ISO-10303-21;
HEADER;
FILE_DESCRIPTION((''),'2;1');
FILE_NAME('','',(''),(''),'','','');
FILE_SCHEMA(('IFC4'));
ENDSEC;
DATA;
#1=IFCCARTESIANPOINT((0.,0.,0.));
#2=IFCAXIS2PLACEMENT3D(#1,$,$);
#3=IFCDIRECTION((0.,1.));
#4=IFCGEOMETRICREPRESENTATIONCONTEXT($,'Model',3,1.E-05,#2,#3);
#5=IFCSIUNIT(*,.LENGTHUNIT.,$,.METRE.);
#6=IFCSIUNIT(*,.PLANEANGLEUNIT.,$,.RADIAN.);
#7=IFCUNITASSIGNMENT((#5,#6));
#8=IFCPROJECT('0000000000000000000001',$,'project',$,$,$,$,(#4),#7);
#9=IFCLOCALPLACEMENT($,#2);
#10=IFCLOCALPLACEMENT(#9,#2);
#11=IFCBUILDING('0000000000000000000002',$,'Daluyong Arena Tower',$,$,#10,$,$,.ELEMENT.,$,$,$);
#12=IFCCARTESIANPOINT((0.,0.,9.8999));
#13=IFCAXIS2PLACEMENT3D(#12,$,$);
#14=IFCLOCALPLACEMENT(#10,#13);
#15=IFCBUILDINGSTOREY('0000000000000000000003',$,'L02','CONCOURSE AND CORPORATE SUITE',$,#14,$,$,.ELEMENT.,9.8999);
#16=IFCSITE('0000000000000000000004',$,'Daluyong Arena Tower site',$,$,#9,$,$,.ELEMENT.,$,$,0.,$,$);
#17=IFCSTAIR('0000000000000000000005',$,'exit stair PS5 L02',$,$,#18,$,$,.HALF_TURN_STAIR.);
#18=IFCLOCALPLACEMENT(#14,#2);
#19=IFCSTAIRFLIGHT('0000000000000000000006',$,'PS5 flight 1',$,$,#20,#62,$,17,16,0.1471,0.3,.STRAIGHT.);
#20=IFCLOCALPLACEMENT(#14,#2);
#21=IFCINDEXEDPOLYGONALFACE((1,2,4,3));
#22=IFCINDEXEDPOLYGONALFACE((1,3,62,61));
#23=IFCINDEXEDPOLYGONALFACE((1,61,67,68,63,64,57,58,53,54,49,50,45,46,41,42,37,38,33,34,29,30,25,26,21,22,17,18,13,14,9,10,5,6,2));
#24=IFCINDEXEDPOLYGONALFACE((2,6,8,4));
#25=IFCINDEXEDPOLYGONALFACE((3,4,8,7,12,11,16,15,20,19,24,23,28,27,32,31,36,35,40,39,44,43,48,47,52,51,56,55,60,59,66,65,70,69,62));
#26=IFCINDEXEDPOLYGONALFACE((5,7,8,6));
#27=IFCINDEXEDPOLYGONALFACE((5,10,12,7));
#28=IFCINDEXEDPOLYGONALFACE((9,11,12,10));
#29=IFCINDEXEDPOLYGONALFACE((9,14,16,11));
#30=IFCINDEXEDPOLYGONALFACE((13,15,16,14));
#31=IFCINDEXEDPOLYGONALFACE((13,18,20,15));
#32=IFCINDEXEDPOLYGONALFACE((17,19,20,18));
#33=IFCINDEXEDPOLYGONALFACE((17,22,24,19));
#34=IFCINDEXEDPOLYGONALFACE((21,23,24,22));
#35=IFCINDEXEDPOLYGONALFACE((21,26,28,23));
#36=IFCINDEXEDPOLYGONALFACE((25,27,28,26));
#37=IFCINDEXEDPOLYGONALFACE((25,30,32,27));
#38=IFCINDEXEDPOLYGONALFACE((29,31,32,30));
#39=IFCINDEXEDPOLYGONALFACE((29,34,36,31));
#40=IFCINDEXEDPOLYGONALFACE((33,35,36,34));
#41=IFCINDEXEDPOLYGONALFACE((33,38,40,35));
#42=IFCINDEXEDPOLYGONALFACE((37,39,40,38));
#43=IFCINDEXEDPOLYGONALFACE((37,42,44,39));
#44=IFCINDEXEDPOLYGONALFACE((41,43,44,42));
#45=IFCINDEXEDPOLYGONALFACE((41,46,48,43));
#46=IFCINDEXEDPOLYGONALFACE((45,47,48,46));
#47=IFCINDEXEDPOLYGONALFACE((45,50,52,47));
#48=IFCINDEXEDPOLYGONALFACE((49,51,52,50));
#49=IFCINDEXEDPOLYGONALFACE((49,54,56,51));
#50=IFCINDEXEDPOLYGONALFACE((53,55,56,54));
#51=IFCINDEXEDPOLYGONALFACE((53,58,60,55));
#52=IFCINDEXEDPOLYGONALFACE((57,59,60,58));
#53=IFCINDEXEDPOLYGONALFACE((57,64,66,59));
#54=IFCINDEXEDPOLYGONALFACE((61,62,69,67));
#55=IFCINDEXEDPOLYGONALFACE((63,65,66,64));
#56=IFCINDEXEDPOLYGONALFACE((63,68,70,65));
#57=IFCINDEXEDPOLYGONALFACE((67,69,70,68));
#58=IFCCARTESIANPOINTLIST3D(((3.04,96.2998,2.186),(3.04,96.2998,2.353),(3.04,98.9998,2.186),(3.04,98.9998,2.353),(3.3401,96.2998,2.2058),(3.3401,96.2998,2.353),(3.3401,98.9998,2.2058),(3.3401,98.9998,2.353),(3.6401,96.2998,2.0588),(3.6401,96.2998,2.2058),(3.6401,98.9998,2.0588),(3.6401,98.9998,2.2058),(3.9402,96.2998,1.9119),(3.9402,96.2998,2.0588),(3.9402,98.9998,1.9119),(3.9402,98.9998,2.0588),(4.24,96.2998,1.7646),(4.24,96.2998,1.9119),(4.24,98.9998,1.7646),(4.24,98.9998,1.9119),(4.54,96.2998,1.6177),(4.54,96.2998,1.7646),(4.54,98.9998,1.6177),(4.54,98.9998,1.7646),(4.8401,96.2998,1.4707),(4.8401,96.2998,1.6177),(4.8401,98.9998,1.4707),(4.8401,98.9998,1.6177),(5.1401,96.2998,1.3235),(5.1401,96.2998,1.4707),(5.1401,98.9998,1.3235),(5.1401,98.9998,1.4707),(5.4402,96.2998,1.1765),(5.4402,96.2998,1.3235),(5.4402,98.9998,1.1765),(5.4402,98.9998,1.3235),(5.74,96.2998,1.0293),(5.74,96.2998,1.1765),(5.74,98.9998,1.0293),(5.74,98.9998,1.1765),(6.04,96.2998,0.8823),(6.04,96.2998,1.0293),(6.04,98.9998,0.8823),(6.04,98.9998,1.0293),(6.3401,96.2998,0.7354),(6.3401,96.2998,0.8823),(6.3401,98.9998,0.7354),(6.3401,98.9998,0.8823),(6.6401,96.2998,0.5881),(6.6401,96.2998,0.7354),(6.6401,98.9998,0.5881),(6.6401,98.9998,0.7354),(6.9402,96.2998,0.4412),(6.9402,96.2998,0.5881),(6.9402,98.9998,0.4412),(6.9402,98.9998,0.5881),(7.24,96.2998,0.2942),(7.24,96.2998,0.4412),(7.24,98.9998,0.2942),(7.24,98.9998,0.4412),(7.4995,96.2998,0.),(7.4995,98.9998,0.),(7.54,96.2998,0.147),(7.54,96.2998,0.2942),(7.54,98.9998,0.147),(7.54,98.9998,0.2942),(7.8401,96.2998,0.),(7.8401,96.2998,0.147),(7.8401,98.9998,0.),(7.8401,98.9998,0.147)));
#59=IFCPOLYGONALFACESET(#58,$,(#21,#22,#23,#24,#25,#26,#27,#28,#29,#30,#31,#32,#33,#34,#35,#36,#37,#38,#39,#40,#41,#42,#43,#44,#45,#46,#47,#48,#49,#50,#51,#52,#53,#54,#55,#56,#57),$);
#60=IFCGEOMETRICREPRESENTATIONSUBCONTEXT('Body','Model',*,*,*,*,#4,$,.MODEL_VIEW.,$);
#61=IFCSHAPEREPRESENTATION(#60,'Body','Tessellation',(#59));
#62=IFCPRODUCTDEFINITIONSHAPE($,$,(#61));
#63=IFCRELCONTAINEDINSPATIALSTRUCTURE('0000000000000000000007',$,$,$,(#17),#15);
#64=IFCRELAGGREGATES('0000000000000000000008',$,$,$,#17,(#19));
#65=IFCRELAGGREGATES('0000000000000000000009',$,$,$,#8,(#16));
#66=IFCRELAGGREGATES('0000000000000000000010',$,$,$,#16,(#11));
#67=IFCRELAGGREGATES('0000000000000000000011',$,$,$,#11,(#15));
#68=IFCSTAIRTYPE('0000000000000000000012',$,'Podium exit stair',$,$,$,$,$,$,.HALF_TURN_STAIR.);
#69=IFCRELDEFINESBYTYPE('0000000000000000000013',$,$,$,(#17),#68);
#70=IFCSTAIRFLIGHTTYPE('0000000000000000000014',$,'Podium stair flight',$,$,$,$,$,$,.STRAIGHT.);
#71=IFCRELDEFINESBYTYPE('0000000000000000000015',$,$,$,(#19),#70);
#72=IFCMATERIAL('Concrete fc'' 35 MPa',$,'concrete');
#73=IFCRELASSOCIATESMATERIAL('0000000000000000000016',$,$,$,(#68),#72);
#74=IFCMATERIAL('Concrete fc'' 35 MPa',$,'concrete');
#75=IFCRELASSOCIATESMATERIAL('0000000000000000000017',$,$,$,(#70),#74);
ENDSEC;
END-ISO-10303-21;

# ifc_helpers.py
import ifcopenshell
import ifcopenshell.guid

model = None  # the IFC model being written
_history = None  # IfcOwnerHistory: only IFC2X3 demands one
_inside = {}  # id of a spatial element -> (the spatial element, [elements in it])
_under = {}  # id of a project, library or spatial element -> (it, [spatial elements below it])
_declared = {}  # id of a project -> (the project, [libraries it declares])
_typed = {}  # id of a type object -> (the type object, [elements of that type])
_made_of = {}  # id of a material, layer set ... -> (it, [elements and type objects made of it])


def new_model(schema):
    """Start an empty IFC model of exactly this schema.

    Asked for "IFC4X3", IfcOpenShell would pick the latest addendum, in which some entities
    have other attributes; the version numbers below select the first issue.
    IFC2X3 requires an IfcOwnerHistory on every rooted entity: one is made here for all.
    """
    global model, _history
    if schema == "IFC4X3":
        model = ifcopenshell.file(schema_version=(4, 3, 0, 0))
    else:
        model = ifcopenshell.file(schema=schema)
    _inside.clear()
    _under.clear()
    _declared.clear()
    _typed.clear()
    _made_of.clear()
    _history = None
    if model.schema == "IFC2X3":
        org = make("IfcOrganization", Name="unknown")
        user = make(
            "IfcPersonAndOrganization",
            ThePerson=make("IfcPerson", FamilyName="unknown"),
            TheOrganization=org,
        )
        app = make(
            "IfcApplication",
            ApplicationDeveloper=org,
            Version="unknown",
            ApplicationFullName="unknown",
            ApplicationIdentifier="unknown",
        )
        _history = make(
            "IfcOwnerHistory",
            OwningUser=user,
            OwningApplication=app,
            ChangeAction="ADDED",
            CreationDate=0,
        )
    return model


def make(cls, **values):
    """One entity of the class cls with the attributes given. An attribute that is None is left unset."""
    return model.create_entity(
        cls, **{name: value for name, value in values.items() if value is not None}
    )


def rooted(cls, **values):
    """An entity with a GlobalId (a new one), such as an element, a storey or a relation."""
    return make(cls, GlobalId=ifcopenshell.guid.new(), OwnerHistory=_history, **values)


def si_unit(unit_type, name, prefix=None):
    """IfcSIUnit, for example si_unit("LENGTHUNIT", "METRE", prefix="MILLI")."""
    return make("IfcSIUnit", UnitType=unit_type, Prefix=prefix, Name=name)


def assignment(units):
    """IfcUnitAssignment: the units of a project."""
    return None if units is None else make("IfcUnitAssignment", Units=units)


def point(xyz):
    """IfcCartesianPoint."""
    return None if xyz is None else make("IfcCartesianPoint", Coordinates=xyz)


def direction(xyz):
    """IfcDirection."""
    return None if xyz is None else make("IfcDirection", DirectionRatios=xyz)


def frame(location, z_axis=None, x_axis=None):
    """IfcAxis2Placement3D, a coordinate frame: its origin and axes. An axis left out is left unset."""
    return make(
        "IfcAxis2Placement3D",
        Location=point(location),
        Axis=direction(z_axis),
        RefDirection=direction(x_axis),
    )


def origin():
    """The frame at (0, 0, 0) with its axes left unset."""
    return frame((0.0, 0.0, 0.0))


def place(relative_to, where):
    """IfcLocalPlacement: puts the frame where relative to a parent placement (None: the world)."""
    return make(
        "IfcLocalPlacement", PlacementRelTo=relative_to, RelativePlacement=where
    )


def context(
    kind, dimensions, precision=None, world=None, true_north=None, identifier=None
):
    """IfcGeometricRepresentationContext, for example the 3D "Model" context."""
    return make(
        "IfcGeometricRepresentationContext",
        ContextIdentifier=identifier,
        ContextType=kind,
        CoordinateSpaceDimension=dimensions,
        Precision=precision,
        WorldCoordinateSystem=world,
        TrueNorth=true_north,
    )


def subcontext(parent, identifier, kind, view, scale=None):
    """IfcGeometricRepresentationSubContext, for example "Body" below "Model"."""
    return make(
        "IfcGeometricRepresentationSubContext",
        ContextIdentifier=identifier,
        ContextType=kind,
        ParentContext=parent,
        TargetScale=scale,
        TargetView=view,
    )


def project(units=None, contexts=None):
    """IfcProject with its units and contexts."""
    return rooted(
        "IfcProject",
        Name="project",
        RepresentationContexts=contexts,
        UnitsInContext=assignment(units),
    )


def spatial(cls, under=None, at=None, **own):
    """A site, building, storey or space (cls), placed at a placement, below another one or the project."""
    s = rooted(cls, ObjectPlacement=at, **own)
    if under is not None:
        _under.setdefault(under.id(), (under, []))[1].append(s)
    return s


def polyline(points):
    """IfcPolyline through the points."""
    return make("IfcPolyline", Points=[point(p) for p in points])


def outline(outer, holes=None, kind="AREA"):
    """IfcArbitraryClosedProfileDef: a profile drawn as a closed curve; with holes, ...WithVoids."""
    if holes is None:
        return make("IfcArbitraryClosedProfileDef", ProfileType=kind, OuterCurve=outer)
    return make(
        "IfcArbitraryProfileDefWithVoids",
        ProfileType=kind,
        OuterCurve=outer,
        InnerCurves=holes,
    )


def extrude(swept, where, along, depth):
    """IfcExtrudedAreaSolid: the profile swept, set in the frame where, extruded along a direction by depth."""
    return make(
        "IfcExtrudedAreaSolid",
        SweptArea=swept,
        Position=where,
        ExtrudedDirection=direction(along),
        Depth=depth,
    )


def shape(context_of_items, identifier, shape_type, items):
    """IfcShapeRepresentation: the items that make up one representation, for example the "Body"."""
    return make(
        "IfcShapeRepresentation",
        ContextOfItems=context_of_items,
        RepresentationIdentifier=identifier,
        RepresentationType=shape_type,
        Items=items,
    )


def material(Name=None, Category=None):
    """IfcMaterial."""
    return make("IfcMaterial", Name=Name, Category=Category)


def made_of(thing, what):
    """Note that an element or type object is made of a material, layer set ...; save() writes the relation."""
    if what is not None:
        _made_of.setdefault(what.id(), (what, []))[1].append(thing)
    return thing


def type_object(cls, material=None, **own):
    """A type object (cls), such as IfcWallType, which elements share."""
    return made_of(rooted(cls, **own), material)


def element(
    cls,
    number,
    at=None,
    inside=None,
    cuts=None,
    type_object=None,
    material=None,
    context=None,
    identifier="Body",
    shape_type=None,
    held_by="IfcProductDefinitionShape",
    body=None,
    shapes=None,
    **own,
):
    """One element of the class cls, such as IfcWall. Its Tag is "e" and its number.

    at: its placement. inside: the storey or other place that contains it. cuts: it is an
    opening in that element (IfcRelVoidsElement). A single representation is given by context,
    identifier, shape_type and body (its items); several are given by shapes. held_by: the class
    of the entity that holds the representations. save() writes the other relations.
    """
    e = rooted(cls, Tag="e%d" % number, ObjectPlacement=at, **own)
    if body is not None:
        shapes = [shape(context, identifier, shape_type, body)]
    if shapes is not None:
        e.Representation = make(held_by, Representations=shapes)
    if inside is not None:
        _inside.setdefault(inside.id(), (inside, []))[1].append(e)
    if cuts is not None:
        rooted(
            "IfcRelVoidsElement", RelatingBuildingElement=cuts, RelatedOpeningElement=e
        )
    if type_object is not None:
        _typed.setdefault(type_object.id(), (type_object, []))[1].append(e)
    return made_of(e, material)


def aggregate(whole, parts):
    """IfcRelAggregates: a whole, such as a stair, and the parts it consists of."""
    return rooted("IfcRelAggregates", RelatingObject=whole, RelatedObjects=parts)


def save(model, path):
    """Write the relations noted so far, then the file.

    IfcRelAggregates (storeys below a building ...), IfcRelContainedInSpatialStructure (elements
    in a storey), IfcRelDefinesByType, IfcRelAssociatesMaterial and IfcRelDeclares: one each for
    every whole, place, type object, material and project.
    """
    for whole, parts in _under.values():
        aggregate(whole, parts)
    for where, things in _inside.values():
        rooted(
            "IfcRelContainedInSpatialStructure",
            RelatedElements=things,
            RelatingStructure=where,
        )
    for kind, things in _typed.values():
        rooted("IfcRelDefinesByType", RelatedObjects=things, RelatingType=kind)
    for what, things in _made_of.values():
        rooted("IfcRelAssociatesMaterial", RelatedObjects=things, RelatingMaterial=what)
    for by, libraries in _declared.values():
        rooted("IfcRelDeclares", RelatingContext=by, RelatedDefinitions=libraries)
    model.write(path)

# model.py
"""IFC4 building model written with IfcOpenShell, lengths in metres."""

from ifc_helpers import new_model, si_unit, direction, frame, origin, place, context, subcontext, project, spatial, polyline, outline, extrude, material, type_object, element, aggregate, save


model = new_model("IFC4")

# Units and contexts
model_context = context("Model", 3, precision=1e-05, world=origin(), true_north=direction((0.0, 1.0)))
body_context = subcontext(model_context, "Body", "Model", "MODEL_VIEW")
ifc_project = project(units=[si_unit("LENGTHUNIT", "METRE"), si_unit("PLANEANGLEUNIT", "RADIAN")], contexts=[model_context])

# Site, building, storey
site_placement = place(None, origin())
site = spatial("IfcSite", under=ifc_project, at=site_placement, Name="Daluyong Arena Tower site", CompositionType="ELEMENT", RefElevation=0.0)
building_placement = place(site_placement, origin())
building = spatial("IfcBuilding", under=site, at=building_placement, Name="Daluyong Arena Tower", CompositionType="ELEMENT")
storey_placement = place(building_placement, frame((0.0, 0.0, 9.8999)))
storey = spatial("IfcBuildingStorey", under=building, at=storey_placement, Name="L02", Description="CONCOURSE AND CORPORATE SUITE", CompositionType="ELEMENT", Elevation=9.8999)

# Stair, stair flight
ifc_material_1 = material(Name="Concrete fc' 35 MPa", Category="concrete")
stair_type = type_object("IfcStairType", Name="Podium exit stair", PredefinedType="HALF_TURN_STAIR", material=ifc_material_1)
stair_placement = place(storey_placement, origin())
stair = element("IfcStair", 1, at=stair_placement, inside=storey, type_object=stair_type, Name="exit stair PS5 L02", PredefinedType="HALF_TURN_STAIR")
ifc_material_2 = material(Name="Concrete fc' 35 MPa", Category="concrete")
stair_flight_type = type_object("IfcStairFlightType", Name="Podium stair flight", PredefinedType="STRAIGHT", material=ifc_material_2)
stair_flight_placement = place(storey_placement, frame((7.8401, 97.6499, 0.0), z_axis=(0.0, 0.0, 1.0), x_axis=(-1.0, 0.0, 0.0)))
stair_flight = element("IfcStairFlight", 2, at=stair_flight_placement, type_object=stair_flight_type, Name="PS5 flight 1", NumberOfRisers=17, NumberOfTreads=16, PredefinedType="STRAIGHT", RiserHeight=0.1471, TreadLength=0.3, context=body_context, shape_type="SweptSolid", body=[
    extrude(outline(polyline([(0.0, 0.0), (0.0, 0.147), (0.3, 0.147), (0.3, 0.2942), (0.6001, 0.2942), (0.6001, 0.4412), (0.8999, 0.4412), (0.8999, 0.5881), (1.2, 0.5881), (1.2, 0.7354), (1.5, 0.7354), (1.5, 0.8823), (1.8, 0.8823), (1.8, 1.0293), (2.1001, 1.0293), (2.1001, 1.1765), (2.3999, 1.1765), (2.3999, 1.3235), (2.7, 1.3235), (2.7, 1.4707), (3.0, 1.4707), (3.0, 1.6177), (3.3, 1.6177), (3.3, 1.7646), (3.6001, 1.7646), (3.6001, 1.9119), (3.8999, 1.9119), (3.8999, 2.0588), (4.2, 2.0588), (4.2, 2.2058), (4.5, 2.2058), (4.5, 2.353), (4.8, 2.353), (4.8, 2.5), (4.8, 2.186), (0.3406, 0.0), (0.0, 0.0)])), frame((0.0, 1.3501, 0.0), z_axis=(0.0, -1.0, 0.0), x_axis=(1.0, 0.0, 0.0)), (0.0, 0.0, 1.0), 2.7),
])
aggregate(stair, [stair_flight])

save(model, "model.ifc")
